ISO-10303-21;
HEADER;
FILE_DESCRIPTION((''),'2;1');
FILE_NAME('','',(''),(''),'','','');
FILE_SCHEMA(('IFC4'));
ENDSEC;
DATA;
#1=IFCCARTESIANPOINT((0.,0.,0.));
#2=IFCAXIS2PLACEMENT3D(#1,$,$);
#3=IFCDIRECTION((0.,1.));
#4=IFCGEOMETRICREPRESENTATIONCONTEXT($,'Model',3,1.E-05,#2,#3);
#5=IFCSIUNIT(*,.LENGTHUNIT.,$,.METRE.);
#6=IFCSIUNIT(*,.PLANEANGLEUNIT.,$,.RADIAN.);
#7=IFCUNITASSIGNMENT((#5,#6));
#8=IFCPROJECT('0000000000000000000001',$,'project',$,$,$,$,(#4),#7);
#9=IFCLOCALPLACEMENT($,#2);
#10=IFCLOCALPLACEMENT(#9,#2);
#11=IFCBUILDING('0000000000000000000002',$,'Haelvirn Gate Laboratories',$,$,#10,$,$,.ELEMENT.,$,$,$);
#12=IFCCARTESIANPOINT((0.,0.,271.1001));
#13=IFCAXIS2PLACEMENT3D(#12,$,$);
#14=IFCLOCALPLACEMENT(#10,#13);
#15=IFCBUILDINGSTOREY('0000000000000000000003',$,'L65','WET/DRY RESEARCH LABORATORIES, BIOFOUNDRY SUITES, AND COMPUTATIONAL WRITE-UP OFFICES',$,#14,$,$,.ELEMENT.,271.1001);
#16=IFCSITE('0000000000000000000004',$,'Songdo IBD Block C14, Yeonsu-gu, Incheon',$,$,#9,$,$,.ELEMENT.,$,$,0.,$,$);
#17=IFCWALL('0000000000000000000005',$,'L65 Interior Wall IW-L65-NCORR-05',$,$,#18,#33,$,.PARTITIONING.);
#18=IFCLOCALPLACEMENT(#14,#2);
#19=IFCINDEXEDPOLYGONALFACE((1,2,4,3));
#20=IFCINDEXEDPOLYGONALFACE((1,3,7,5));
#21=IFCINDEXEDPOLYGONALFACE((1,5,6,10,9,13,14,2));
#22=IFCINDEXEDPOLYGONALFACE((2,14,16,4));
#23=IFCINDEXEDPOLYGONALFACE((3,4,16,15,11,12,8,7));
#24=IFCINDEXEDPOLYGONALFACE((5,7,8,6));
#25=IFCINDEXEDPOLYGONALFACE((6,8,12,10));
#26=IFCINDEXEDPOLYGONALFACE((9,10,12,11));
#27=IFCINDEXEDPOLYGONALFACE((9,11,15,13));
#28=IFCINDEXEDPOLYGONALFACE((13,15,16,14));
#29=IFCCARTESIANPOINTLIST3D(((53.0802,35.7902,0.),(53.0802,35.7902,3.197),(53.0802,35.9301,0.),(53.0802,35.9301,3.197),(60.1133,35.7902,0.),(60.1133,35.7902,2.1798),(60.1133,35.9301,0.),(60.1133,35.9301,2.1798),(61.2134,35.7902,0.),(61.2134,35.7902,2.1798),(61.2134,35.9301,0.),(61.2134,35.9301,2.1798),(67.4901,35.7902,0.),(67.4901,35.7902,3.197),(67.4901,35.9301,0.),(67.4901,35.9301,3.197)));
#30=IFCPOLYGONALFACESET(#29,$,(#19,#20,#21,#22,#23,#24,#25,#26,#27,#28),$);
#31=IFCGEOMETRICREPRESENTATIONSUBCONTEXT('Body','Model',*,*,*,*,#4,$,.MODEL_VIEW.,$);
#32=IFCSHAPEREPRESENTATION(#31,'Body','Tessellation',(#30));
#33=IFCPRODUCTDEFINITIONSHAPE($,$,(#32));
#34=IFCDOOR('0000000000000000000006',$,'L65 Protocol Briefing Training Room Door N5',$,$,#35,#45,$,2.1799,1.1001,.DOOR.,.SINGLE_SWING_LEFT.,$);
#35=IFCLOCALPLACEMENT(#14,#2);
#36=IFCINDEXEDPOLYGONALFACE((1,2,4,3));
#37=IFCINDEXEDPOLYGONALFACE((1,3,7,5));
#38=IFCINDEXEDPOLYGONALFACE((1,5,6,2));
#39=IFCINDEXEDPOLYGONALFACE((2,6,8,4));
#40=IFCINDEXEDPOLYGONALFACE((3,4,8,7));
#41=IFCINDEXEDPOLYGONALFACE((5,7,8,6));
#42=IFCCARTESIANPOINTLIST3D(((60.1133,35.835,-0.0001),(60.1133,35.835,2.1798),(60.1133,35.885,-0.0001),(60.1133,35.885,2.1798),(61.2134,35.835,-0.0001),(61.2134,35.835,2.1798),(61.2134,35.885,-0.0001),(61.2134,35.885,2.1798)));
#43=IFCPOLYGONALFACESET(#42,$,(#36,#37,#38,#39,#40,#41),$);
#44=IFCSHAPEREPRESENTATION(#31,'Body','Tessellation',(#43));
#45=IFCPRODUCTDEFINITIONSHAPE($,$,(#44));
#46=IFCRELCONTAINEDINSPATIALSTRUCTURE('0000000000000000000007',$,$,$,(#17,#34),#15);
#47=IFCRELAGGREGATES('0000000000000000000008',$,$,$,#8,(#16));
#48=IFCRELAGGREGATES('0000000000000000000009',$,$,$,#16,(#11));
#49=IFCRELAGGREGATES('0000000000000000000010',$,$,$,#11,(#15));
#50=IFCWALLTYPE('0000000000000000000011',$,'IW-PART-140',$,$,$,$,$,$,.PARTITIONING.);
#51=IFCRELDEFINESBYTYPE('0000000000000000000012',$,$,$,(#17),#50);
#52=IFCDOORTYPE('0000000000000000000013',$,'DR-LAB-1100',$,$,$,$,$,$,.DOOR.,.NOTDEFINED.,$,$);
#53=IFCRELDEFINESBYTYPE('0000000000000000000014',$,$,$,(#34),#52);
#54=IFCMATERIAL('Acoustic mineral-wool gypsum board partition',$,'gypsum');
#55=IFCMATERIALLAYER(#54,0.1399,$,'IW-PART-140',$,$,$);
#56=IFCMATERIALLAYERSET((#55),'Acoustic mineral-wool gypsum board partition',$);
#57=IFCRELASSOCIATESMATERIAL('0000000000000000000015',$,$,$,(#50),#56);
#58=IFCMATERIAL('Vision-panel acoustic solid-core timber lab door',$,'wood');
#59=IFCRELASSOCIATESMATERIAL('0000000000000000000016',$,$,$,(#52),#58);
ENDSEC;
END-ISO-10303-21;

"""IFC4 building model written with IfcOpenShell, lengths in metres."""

from ifc_helpers import new_model, si_unit, direction, frame, frame_2d, origin, place, context, subcontext, project, spatial, rectangle, extrude, source, transform, mapped, material, layer, layer_set, type_object, type_shapes, element, fill, save


model = new_model("IFC4")

# Units and contexts
model_context = context("Model", 3, precision=1e-05, world=origin(), true_north=direction((0.0, 1.0)))
body_context = subcontext(model_context, "Body", "Model", "MODEL_VIEW")
ifc_project = project(units=[si_unit("LENGTHUNIT", "METRE"), si_unit("PLANEANGLEUNIT", "RADIAN")], contexts=[model_context])

# Site, building, storey
site_placement = place(None, origin())
site = spatial("IfcSite", under=ifc_project, at=site_placement, Name="Songdo IBD Block C14, Yeonsu-gu, Incheon", CompositionType="ELEMENT", RefElevation=0.0)
building_placement = place(site_placement, origin())
building = spatial("IfcBuilding", under=site, at=building_placement, Name="Haelvirn Gate Laboratories", CompositionType="ELEMENT")
storey_placement = place(building_placement, frame((0.0, 0.0, 271.1001)))
storey = spatial("IfcBuildingStorey", under=building, at=storey_placement, Name="L65", Description="WET/DRY RESEARCH LABORATORIES, BIOFOUNDRY SUITES, AND COMPUTATIONAL WRITE-UP OFFICES", CompositionType="ELEMENT", Elevation=271.1001)

# Wall, opening, door
ifc_material_1 = material(Name="Acoustic mineral-wool gypsum board partition", Category="gypsum")
ifc_layer_1 = layer(ifc_material_1, 0.1399, Name="IW-PART-140")
ifc_layer_set_1 = layer_set([ifc_layer_1], Name="Acoustic mineral-wool gypsum board partition")
wall_type_1 = type_object("IfcWallType", Name="IW-PART-140", PredefinedType="PARTITIONING", material=ifc_layer_set_1)
ifc_material_2 = material(Name="Vision-panel acoustic solid-core timber lab door", Category="wood")
door_type = type_object("IfcDoorType", Name="DR-LAB-1100", OperationType="NOTDEFINED", PredefinedType="DOOR", material=ifc_material_2)
shared_shape_1 = source(origin(), body_context, "Body", "SweptSolid", [
    extrude(rectangle(XDim=1.1001, YDim=2.1799, at=frame_2d((0.55, 1.0898))), frame((0.0, 0.0249, 0.0), z_axis=(0.0, -1.0, 0.0), x_axis=(1.0, 0.0, 0.0)), (0.0, 0.0, 1.0), 0.05),
])
type_shapes(door_type, [shared_shape_1])
wall_1_placement = place(storey_placement, frame((53.0801, 35.8601, 0.0), z_axis=(0.0, 0.0, 1.0), x_axis=(1.0, 0.0, 0.0)))
wall_1 = element("IfcWall", 1, at=wall_1_placement, inside=storey, type_object=wall_type_1, Name="L65 Interior Wall IW-L65-NCORR-05", PredefinedType="PARTITIONING", context=body_context, shape_type="SweptSolid", body=[
    extrude(rectangle(XDim=14.4099, YDim=0.1399, at=frame_2d((7.2051, 0.0))), origin(), (0.0, 0.0, 1.0), 3.197),
])
opening_1_placement = place(wall_1_placement, frame((7.0332, 0.0, 0.0)))
opening_1 = element("IfcOpeningElement", 2, at=opening_1_placement, cuts=wall_1, PredefinedType="OPENING", context=body_context, shape_type="SweptSolid", body=[
    extrude(rectangle(XDim=1.1001, YDim=2.1799, at=frame_2d((0.55, 1.0898))), frame((0.0, 0.0801, 0.0), z_axis=(0.0, -1.0, 0.0), x_axis=(1.0, 0.0, 0.0)), (0.0, 0.0, 1.0), 0.1599),
])
door_1_placement = place(opening_1_placement, origin())
door_1 = element("IfcDoor", 3, at=door_1_placement, inside=storey, type_object=door_type, Name="L65 Protocol Briefing Training Room Door N5", OperationType="SINGLE_SWING_LEFT", OverallHeight=2.1799, OverallWidth=1.1001, PredefinedType="DOOR", context=body_context, shape_type="MappedRepresentation", body=[
    mapped(shared_shape_1, transform((0.0, 0.0, 0.0), scale=1.0)),
])
fill(opening_1, door_1)

save(model, "model.ifc")
